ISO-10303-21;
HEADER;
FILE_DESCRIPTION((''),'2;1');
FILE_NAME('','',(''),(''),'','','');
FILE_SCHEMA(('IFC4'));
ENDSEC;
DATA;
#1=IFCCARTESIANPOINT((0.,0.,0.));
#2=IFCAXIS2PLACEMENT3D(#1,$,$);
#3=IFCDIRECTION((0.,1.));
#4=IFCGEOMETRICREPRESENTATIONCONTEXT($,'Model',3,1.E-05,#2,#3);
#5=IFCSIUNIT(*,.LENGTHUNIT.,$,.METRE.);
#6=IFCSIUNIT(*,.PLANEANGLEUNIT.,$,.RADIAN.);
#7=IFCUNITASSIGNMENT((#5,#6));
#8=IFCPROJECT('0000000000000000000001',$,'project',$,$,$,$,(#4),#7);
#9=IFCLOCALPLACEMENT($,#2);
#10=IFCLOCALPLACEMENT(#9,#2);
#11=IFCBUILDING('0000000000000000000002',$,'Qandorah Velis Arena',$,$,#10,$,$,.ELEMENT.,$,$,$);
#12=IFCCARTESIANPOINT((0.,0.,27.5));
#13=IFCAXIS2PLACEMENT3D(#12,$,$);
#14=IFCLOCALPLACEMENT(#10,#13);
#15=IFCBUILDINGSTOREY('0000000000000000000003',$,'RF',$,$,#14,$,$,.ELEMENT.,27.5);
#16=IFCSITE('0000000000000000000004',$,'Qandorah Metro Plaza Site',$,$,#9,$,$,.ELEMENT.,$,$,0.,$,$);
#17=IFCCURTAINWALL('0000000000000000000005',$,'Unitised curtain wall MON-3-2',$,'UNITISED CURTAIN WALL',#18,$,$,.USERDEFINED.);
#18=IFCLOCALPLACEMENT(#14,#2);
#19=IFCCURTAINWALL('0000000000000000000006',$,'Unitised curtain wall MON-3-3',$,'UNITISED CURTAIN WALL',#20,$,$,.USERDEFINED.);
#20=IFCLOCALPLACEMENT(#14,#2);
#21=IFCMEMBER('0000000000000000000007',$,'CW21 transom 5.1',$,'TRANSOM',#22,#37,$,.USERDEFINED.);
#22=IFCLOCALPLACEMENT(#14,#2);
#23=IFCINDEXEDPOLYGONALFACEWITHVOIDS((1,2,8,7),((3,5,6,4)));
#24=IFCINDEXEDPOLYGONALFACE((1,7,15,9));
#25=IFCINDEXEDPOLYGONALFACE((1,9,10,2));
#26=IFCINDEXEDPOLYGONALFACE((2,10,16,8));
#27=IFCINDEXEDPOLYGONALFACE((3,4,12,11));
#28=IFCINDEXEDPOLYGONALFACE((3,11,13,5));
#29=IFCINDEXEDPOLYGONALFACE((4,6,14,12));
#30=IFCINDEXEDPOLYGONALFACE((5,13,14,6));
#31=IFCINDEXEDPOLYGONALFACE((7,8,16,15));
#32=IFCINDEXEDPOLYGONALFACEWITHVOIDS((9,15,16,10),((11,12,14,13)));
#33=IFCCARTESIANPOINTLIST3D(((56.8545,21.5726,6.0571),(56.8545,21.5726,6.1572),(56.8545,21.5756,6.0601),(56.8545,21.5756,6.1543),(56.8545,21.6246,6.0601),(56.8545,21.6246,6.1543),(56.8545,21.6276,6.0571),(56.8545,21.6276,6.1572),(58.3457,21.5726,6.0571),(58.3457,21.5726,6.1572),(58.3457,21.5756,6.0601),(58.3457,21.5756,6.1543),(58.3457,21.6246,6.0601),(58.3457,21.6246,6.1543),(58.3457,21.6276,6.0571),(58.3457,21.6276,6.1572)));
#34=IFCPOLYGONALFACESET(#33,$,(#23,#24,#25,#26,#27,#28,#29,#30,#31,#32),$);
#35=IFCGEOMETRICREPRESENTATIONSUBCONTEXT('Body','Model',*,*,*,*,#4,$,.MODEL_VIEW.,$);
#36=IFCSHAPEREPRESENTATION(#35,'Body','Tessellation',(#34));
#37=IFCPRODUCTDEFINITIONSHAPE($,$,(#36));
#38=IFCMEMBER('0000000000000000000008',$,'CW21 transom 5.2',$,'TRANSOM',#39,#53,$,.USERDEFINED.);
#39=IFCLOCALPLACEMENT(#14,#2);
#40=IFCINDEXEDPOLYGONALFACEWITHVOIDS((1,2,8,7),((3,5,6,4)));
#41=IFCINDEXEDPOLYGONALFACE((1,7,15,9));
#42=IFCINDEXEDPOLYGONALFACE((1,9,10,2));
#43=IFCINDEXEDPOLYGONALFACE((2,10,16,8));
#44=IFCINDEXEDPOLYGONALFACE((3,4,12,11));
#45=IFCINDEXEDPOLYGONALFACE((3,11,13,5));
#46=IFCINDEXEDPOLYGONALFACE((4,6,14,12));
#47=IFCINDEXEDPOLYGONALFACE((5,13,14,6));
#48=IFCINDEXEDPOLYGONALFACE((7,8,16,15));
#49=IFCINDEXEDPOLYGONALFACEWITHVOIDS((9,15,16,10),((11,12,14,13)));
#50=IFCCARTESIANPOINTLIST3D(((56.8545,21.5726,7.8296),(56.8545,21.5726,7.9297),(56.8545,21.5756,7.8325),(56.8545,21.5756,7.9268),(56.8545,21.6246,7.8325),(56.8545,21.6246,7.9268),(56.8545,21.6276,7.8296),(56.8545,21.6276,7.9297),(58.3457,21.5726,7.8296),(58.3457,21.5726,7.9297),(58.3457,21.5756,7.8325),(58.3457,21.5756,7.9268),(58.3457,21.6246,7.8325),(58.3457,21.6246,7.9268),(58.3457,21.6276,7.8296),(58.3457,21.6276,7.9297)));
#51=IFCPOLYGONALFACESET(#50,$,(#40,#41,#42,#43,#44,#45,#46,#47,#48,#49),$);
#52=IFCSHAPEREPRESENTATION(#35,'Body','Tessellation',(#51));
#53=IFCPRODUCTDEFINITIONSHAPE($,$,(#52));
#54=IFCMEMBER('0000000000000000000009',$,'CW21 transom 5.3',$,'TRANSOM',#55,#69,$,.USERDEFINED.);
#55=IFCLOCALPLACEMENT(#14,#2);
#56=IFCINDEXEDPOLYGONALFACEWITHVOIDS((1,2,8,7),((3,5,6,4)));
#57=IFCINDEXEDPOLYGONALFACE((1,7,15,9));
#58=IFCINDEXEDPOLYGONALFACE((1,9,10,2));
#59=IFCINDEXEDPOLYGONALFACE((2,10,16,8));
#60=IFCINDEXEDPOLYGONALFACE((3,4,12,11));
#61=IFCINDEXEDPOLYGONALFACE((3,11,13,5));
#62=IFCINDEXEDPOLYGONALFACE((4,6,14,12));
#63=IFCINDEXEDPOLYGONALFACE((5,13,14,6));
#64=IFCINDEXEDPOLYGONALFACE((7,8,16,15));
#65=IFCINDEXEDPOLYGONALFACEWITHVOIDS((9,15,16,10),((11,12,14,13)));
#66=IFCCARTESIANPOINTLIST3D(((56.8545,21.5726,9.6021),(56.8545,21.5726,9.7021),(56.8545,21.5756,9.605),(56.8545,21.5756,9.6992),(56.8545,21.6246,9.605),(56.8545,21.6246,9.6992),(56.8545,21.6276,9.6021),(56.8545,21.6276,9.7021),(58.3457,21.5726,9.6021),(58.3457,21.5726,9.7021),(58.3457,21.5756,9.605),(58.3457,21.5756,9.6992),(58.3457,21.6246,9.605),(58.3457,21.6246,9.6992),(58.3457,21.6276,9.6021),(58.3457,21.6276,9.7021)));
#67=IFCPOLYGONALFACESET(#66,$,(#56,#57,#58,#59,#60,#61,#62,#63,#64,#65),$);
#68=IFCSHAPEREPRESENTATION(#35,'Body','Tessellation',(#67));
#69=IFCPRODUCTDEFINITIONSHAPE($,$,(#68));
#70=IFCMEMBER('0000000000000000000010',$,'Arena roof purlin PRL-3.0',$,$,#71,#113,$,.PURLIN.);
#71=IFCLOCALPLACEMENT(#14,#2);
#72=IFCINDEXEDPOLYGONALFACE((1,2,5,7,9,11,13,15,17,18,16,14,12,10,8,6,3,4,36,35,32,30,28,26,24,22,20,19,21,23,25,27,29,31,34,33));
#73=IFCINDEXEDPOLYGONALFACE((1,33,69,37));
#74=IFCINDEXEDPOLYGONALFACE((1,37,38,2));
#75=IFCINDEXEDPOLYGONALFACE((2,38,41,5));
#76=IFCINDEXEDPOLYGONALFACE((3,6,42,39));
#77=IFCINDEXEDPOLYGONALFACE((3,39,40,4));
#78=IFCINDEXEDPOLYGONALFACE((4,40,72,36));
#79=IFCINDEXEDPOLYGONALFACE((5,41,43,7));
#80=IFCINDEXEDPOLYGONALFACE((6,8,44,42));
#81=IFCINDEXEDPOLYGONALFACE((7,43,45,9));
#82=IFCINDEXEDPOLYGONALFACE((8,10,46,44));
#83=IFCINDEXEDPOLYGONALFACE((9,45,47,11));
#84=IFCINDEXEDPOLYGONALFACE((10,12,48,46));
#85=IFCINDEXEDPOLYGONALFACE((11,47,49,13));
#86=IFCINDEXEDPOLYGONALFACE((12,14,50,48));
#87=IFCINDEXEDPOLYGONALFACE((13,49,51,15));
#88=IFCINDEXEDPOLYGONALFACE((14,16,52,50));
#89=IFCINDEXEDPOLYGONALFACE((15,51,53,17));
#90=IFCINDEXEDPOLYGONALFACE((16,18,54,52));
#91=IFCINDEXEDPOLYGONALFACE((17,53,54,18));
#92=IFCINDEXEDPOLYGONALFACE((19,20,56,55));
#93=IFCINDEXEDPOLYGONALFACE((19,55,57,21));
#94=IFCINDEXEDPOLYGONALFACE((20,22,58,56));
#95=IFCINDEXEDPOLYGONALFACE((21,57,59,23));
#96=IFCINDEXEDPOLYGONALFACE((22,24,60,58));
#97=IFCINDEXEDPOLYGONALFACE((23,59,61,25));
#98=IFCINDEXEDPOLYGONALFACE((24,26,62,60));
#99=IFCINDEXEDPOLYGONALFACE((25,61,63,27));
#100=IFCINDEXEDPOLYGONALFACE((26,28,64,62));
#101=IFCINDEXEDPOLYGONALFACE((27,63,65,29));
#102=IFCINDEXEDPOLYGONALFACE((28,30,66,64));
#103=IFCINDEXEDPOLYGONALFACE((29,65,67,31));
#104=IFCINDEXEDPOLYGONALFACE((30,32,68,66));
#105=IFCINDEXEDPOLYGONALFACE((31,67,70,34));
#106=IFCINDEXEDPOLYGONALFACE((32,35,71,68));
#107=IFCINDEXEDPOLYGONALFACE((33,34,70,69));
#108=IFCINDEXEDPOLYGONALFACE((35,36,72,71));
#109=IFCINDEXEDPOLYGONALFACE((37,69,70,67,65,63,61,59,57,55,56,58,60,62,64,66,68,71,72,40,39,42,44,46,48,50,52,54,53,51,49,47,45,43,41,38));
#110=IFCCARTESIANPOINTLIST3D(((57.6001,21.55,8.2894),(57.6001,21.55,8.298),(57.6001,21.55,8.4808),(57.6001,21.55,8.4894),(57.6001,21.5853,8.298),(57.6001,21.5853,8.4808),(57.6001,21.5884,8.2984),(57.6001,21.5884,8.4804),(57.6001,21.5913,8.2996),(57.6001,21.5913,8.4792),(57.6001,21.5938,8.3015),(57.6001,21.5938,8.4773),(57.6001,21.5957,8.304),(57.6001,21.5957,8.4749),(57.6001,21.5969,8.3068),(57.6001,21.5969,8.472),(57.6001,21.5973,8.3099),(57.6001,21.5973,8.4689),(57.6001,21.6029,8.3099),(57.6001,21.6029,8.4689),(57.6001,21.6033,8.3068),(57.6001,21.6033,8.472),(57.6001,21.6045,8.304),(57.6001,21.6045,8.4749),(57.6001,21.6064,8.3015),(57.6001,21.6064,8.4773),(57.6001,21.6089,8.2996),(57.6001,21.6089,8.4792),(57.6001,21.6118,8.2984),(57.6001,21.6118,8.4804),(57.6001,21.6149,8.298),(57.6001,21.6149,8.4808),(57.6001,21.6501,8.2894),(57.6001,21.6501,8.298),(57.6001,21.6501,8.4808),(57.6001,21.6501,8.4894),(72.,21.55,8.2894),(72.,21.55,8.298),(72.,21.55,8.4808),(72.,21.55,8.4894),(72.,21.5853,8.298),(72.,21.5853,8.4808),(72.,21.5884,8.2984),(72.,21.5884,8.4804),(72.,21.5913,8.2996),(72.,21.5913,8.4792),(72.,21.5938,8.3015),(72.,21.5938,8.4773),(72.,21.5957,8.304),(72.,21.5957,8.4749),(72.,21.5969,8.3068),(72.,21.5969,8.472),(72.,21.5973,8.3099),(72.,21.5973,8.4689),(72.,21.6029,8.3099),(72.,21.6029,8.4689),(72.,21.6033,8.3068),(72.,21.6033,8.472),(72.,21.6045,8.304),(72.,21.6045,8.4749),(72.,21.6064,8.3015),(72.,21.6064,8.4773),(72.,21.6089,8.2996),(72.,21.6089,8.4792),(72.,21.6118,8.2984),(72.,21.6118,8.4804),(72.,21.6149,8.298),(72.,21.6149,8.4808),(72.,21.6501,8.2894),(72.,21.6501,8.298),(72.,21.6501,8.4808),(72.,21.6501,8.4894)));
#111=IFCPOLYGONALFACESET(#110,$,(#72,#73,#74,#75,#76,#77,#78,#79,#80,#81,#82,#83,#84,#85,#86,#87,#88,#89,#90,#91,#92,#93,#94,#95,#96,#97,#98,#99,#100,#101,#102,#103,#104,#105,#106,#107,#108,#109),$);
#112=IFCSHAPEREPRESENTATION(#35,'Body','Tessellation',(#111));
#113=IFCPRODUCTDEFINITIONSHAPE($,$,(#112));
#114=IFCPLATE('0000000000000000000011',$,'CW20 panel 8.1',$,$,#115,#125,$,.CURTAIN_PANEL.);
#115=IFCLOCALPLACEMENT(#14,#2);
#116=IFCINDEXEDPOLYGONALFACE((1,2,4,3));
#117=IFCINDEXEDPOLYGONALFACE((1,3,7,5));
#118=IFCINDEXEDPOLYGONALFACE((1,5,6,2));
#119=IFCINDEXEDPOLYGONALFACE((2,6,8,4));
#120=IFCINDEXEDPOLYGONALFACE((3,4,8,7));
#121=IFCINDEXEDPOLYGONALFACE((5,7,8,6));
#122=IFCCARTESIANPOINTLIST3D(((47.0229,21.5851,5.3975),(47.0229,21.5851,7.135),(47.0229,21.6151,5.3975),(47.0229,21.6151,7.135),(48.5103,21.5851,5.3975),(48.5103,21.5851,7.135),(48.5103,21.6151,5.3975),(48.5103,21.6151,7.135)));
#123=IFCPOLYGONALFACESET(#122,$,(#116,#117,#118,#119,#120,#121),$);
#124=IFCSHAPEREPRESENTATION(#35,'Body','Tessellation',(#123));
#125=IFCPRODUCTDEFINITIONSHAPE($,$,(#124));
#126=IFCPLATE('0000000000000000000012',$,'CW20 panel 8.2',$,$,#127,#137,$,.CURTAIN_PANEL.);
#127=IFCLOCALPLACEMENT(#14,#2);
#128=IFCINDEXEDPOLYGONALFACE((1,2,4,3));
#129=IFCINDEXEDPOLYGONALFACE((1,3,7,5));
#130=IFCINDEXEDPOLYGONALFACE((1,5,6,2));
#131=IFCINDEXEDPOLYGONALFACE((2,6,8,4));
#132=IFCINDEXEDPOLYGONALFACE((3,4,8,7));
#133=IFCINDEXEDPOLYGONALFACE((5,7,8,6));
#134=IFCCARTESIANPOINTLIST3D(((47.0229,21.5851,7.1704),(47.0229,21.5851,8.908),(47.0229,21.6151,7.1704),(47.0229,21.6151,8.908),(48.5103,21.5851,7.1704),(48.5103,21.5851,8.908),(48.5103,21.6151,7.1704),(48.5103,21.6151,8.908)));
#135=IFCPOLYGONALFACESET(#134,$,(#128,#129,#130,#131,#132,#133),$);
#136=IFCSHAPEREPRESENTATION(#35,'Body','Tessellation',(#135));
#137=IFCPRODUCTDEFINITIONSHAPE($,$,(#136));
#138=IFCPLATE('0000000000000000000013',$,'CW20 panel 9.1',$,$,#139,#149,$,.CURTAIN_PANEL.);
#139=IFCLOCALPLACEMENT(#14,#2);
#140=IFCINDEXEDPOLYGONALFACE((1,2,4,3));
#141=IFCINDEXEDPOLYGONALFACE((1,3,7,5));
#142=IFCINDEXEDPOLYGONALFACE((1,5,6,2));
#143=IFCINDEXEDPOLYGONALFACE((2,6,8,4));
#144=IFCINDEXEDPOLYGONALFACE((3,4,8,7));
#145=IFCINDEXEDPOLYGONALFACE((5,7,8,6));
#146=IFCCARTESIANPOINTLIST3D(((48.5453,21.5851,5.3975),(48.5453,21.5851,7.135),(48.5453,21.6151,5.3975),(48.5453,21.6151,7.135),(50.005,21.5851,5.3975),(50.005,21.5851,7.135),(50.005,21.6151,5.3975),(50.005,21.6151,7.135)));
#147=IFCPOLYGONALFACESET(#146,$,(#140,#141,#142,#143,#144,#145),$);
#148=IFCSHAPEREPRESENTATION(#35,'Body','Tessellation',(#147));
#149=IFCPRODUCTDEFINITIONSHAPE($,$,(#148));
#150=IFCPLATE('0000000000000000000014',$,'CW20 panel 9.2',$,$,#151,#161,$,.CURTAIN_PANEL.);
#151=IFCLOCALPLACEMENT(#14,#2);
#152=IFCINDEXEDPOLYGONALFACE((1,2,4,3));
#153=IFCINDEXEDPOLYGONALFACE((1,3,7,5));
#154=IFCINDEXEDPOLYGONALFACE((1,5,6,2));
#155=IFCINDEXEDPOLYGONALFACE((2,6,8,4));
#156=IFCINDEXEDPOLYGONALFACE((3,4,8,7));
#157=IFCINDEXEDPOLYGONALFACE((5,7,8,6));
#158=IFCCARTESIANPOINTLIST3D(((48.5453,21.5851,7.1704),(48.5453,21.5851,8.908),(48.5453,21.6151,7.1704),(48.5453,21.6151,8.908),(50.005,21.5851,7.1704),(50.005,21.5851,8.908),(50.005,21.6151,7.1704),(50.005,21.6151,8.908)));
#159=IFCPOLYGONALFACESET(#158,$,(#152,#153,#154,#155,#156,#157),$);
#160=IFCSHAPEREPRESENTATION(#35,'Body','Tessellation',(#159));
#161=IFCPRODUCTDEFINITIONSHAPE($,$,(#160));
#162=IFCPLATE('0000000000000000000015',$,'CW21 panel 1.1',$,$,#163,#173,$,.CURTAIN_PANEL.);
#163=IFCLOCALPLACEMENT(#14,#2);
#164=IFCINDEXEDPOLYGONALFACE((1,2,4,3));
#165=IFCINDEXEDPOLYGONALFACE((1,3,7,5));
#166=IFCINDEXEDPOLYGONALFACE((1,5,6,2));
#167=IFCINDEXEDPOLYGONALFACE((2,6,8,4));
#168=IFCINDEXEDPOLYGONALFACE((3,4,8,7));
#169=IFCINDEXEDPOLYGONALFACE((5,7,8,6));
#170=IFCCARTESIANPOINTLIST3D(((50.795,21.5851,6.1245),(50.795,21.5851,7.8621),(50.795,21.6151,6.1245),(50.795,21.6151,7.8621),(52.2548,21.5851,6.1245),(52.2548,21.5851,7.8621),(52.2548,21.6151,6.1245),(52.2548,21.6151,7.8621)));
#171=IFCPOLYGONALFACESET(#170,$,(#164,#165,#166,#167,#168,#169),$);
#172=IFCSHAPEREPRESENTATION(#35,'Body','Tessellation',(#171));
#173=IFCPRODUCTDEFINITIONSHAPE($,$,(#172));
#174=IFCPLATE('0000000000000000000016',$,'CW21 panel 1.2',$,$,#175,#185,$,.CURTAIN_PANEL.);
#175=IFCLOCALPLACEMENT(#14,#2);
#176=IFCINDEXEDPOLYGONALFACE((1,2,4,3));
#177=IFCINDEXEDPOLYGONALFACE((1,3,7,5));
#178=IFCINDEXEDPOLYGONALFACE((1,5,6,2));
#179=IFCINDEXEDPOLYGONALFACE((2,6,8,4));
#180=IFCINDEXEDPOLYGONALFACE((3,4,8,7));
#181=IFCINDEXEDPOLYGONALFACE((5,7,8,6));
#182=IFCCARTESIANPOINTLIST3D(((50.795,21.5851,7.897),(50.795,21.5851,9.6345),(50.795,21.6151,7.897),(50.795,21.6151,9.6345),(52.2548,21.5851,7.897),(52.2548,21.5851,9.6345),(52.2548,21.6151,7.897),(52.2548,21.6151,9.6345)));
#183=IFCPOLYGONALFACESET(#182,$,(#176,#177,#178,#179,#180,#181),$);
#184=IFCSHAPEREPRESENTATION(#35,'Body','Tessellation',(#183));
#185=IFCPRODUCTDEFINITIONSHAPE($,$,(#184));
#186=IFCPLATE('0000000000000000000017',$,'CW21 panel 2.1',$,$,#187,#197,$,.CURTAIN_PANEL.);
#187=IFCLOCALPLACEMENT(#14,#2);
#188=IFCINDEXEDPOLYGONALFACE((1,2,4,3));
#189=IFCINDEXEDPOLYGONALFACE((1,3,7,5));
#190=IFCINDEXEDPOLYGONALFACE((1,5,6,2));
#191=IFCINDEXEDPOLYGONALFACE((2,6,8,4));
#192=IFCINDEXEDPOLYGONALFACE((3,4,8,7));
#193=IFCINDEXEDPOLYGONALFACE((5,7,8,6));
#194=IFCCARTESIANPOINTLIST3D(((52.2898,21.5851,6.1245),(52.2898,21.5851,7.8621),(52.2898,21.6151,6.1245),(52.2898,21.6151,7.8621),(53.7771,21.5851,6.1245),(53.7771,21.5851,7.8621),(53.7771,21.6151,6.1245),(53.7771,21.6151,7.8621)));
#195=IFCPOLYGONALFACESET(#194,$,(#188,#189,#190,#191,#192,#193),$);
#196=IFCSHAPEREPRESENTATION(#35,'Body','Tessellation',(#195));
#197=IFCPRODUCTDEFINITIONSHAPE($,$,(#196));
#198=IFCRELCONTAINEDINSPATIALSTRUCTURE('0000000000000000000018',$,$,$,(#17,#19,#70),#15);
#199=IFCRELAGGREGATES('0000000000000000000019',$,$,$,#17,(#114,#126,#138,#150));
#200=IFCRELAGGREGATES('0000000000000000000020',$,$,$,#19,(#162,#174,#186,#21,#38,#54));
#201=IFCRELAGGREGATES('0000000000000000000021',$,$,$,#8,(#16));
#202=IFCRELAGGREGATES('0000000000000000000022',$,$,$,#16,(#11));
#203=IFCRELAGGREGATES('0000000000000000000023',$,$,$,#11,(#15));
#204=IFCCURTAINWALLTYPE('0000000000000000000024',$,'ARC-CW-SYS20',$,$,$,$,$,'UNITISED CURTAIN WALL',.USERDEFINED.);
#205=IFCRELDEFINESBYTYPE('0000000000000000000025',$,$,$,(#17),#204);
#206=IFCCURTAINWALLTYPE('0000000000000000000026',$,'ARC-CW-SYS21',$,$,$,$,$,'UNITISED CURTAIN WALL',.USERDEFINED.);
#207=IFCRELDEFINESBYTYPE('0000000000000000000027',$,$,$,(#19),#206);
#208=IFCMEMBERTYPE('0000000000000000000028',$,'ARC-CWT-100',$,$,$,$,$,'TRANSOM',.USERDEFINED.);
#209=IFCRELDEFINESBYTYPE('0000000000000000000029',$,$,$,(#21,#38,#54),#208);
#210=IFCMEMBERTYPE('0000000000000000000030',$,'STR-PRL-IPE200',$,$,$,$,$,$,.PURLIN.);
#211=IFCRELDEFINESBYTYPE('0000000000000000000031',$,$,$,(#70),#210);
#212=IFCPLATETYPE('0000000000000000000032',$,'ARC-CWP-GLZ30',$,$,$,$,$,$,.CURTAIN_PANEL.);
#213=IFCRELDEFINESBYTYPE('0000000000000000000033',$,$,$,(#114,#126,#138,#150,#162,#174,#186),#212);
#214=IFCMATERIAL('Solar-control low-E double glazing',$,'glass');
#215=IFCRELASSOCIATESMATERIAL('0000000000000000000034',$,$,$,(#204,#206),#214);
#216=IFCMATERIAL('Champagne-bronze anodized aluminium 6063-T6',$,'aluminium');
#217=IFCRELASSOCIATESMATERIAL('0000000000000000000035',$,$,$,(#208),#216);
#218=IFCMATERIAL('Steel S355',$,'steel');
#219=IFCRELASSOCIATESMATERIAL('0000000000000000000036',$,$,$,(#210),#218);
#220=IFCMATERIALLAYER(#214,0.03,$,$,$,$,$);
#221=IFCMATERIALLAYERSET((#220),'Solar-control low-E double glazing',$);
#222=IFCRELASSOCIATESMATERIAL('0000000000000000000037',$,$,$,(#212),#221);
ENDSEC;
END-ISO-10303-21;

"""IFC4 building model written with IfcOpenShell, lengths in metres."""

from ifc_helpers import new_model, si_unit, direction, frame, origin, origin_2d, place, context, subcontext, project, spatial, rectangle, hollow_rectangle, i_section, extrude, material, layer, layer_set, material_profile, profile_set, type_object, element, aggregate, save


model = new_model("IFC4")

# Units and contexts
model_context = context("Model", 3, precision=1e-05, world=origin(), true_north=direction((0.0, 1.0)))
body_context = subcontext(model_context, "Body", "Model", "MODEL_VIEW")
ifc_project = project(units=[si_unit("LENGTHUNIT", "METRE"), si_unit("PLANEANGLEUNIT", "RADIAN")], contexts=[model_context])

# Site, building, storey
site_placement = place(None, origin())
site = spatial("IfcSite", under=ifc_project, at=site_placement, Name="Qandorah Metro Plaza Site", CompositionType="ELEMENT", RefElevation=0.0)
building_placement = place(site_placement, origin())
building = spatial("IfcBuilding", under=site, at=building_placement, Name="Qandorah Velis Arena", CompositionType="ELEMENT")
storey_placement = place(building_placement, frame((0.0, 0.0, 27.5)))
storey = spatial("IfcBuildingStorey", under=building, at=storey_placement, Name="RF", CompositionType="ELEMENT", Elevation=27.5)

# Curtain walls
ifc_material_1 = material(Name="Solar-control low-E double glazing", Category="glass")
curtain_wall_type_1 = type_object("IfcCurtainWallType", Name="ARC-CW-SYS20", ElementType="UNITISED CURTAIN WALL", PredefinedType="USERDEFINED", material=ifc_material_1)
curtain_wall_1_placement = place(storey_placement, origin())
curtain_wall_1 = element("IfcCurtainWall", 1, at=curtain_wall_1_placement, inside=storey, type_object=curtain_wall_type_1, Name="Unitised curtain wall MON-3-2", ObjectType="UNITISED CURTAIN WALL", PredefinedType="USERDEFINED")
ifc_material_2 = material(Name="Champagne-bronze anodized aluminium 6063-T6", Category="aluminium")
curtain_wall_type_2 = type_object("IfcCurtainWallType", Name="ARC-CW-SYS21", ElementType="UNITISED CURTAIN WALL", PredefinedType="USERDEFINED", material=ifc_material_1)
curtain_wall_2_placement = place(storey_placement, origin())
curtain_wall_2 = element("IfcCurtainWall", 2, at=curtain_wall_2_placement, inside=storey, type_object=curtain_wall_type_2, Name="Unitised curtain wall MON-3-3", ObjectType="UNITISED CURTAIN WALL", PredefinedType="USERDEFINED")

# Members
ifc_material_profile_1 = material_profile(ifc_material_2, hollow_rectangle(XDim=0.0549, YDim=0.1001, WallThickness=0.0029, at=origin_2d()), Name="ALU TRANSOM 55x100")
ifc_profile_set_1 = profile_set([ifc_material_profile_1], Name="Champagne-bronze anodized aluminium 6063-T6")
member_type_1 = type_object("IfcMemberType", Name="ARC-CWT-100", ElementType="TRANSOM", PredefinedType="USERDEFINED", material=ifc_profile_set_1)
member_1_placement = place(storey_placement, frame((56.8545, 21.6001, 6.1072), z_axis=(1.0, 0.0, 0.0), x_axis=(0.0, 1.0, 0.0)))
member_1 = element("IfcMember", 3, at=member_1_placement, type_object=member_type_1, Name="CW21 transom 5.1", ObjectType="TRANSOM", PredefinedType="USERDEFINED", context=body_context, shape_type="SweptSolid", body=[
    extrude(hollow_rectangle(XDim=0.0549, YDim=0.1001, WallThickness=0.0029, at=origin_2d()), origin(), (0.0, 0.0, 1.0), 1.4912),
])
member_2_placement = place(storey_placement, frame((56.8545, 21.6001, 7.8796), z_axis=(1.0, 0.0, 0.0), x_axis=(0.0, 1.0, 0.0)))
member_2 = element("IfcMember", 4, at=member_2_placement, type_object=member_type_1, Name="CW21 transom 5.2", ObjectType="TRANSOM", PredefinedType="USERDEFINED", context=body_context, shape_type="SweptSolid", body=[
    extrude(hollow_rectangle(XDim=0.0549, YDim=0.1001, WallThickness=0.0029, at=origin_2d()), origin(), (0.0, 0.0, 1.0), 1.4912),
])
member_3_placement = place(storey_placement, frame((56.8545, 21.6001, 9.6521), z_axis=(1.0, 0.0, 0.0), x_axis=(0.0, 1.0, 0.0)))
member_3 = element("IfcMember", 5, at=member_3_placement, type_object=member_type_1, Name="CW21 transom 5.3", ObjectType="TRANSOM", PredefinedType="USERDEFINED", context=body_context, shape_type="SweptSolid", body=[
    extrude(hollow_rectangle(XDim=0.0549, YDim=0.1001, WallThickness=0.0029, at=origin_2d()), origin(), (0.0, 0.0, 1.0), 1.4912),
])
ifc_material_3 = material(Name="Steel S355", Category="steel")
ifc_material_profile_2 = material_profile(ifc_material_3, i_section(OverallWidth=0.1001, OverallDepth=0.2, WebThickness=0.0056, FlangeThickness=0.0085, FilletRadius=0.012, at=origin_2d()), Name="IPE 200")
ifc_profile_set_2 = profile_set([ifc_material_profile_2], Name="Steel S355")
member_type_2 = type_object("IfcMemberType", Name="STR-PRL-IPE200", PredefinedType="PURLIN", material=ifc_profile_set_2)
member_4_placement = place(storey_placement, frame((57.6001, 21.6001, 8.3894), z_axis=(1.0, 0.0, 0.0), x_axis=(0.0, 1.0, 0.0)))
element("IfcMember", 6, at=member_4_placement, inside=storey, type_object=member_type_2, Name="Arena roof purlin PRL-3.0", PredefinedType="PURLIN", context=body_context, shape_type="SweptSolid", body=[
    extrude(i_section(OverallWidth=0.1001, OverallDepth=0.2, WebThickness=0.0056, FlangeThickness=0.0085, FilletRadius=0.012, at=origin_2d()), origin(), (0.0, 0.0, 1.0), 14.3999),
])

# Plates
ifc_layer = layer(ifc_material_1, 0.03)
ifc_layer_set = layer_set([ifc_layer], Name="Solar-control low-E double glazing")
plate_type = type_object("IfcPlateType", Name="ARC-CWP-GLZ30", PredefinedType="CURTAIN_PANEL", material=ifc_layer_set)
plate_1_placement = place(storey_placement, frame((47.7666, 21.6001, 5.3975), z_axis=(0.0, 0.0, 1.0), x_axis=(1.0, 0.0, 0.0)))
plate_1 = element("IfcPlate", 7, at=plate_1_placement, type_object=plate_type, Name="CW20 panel 8.1", PredefinedType="CURTAIN_PANEL", context=body_context, shape_type="SweptSolid", body=[
    extrude(rectangle(XDim=1.4873, YDim=0.03, at=origin_2d()), origin(), (0.0, 0.0, 1.0), 1.7375),
])
plate_2_placement = place(storey_placement, frame((47.7666, 21.6001, 7.1704), z_axis=(0.0, 0.0, 1.0), x_axis=(1.0, 0.0, 0.0)))
plate_2 = element("IfcPlate", 8, at=plate_2_placement, type_object=plate_type, Name="CW20 panel 8.2", PredefinedType="CURTAIN_PANEL", context=body_context, shape_type="SweptSolid", body=[
    extrude(rectangle(XDim=1.4873, YDim=0.03, at=origin_2d()), origin(), (0.0, 0.0, 1.0), 1.7375),
])
plate_3_placement = place(storey_placement, frame((49.2751, 21.6001, 5.3975), z_axis=(0.0, 0.0, 1.0), x_axis=(1.0, 0.0, 0.0)))
plate_3 = element("IfcPlate", 9, at=plate_3_placement, type_object=plate_type, Name="CW20 panel 9.1", PredefinedType="CURTAIN_PANEL", context=body_context, shape_type="SweptSolid", body=[
    extrude(rectangle(XDim=1.4597, YDim=0.03, at=origin_2d()), origin(), (0.0, 0.0, 1.0), 1.7375),
])
plate_4_placement = place(storey_placement, frame((49.2751, 21.6001, 7.1704), z_axis=(0.0, 0.0, 1.0), x_axis=(1.0, 0.0, 0.0)))
plate_4 = element("IfcPlate", 10, at=plate_4_placement, type_object=plate_type, Name="CW20 panel 9.2", PredefinedType="CURTAIN_PANEL", context=body_context, shape_type="SweptSolid", body=[
    extrude(rectangle(XDim=1.4597, YDim=0.03, at=origin_2d()), origin(), (0.0, 0.0, 1.0), 1.7375),
])
aggregate(curtain_wall_1, [plate_1, plate_2, plate_3, plate_4])
plate_5_placement = place(storey_placement, frame((51.5249, 21.6001, 6.1245), z_axis=(0.0, 0.0, 1.0), x_axis=(1.0, 0.0, 0.0)))
plate_5 = element("IfcPlate", 11, at=plate_5_placement, type_object=plate_type, Name="CW21 panel 1.1", PredefinedType="CURTAIN_PANEL", context=body_context, shape_type="SweptSolid", body=[
    extrude(rectangle(XDim=1.4597, YDim=0.03, at=origin_2d()), origin(), (0.0, 0.0, 1.0), 1.7375),
])
plate_6_placement = place(storey_placement, frame((51.5249, 21.6001, 7.897), z_axis=(0.0, 0.0, 1.0), x_axis=(1.0, 0.0, 0.0)))
plate_6 = element("IfcPlate", 12, at=plate_6_placement, type_object=plate_type, Name="CW21 panel 1.2", PredefinedType="CURTAIN_PANEL", context=body_context, shape_type="SweptSolid", body=[
    extrude(rectangle(XDim=1.4597, YDim=0.03, at=origin_2d()), origin(), (0.0, 0.0, 1.0), 1.7375),
])
plate_7_placement = place(storey_placement, frame((53.0334, 21.6001, 6.1245), z_axis=(0.0, 0.0, 1.0), x_axis=(1.0, 0.0, 0.0)))
plate_7 = element("IfcPlate", 13, at=plate_7_placement, type_object=plate_type, Name="CW21 panel 2.1", PredefinedType="CURTAIN_PANEL", context=body_context, shape_type="SweptSolid", body=[
    extrude(rectangle(XDim=1.4873, YDim=0.03, at=origin_2d()), origin(), (0.0, 0.0, 1.0), 1.7375),
])
aggregate(curtain_wall_2, [plate_5, plate_6, plate_7, member_1, member_2, member_3])

save(model, "model.ifc")
